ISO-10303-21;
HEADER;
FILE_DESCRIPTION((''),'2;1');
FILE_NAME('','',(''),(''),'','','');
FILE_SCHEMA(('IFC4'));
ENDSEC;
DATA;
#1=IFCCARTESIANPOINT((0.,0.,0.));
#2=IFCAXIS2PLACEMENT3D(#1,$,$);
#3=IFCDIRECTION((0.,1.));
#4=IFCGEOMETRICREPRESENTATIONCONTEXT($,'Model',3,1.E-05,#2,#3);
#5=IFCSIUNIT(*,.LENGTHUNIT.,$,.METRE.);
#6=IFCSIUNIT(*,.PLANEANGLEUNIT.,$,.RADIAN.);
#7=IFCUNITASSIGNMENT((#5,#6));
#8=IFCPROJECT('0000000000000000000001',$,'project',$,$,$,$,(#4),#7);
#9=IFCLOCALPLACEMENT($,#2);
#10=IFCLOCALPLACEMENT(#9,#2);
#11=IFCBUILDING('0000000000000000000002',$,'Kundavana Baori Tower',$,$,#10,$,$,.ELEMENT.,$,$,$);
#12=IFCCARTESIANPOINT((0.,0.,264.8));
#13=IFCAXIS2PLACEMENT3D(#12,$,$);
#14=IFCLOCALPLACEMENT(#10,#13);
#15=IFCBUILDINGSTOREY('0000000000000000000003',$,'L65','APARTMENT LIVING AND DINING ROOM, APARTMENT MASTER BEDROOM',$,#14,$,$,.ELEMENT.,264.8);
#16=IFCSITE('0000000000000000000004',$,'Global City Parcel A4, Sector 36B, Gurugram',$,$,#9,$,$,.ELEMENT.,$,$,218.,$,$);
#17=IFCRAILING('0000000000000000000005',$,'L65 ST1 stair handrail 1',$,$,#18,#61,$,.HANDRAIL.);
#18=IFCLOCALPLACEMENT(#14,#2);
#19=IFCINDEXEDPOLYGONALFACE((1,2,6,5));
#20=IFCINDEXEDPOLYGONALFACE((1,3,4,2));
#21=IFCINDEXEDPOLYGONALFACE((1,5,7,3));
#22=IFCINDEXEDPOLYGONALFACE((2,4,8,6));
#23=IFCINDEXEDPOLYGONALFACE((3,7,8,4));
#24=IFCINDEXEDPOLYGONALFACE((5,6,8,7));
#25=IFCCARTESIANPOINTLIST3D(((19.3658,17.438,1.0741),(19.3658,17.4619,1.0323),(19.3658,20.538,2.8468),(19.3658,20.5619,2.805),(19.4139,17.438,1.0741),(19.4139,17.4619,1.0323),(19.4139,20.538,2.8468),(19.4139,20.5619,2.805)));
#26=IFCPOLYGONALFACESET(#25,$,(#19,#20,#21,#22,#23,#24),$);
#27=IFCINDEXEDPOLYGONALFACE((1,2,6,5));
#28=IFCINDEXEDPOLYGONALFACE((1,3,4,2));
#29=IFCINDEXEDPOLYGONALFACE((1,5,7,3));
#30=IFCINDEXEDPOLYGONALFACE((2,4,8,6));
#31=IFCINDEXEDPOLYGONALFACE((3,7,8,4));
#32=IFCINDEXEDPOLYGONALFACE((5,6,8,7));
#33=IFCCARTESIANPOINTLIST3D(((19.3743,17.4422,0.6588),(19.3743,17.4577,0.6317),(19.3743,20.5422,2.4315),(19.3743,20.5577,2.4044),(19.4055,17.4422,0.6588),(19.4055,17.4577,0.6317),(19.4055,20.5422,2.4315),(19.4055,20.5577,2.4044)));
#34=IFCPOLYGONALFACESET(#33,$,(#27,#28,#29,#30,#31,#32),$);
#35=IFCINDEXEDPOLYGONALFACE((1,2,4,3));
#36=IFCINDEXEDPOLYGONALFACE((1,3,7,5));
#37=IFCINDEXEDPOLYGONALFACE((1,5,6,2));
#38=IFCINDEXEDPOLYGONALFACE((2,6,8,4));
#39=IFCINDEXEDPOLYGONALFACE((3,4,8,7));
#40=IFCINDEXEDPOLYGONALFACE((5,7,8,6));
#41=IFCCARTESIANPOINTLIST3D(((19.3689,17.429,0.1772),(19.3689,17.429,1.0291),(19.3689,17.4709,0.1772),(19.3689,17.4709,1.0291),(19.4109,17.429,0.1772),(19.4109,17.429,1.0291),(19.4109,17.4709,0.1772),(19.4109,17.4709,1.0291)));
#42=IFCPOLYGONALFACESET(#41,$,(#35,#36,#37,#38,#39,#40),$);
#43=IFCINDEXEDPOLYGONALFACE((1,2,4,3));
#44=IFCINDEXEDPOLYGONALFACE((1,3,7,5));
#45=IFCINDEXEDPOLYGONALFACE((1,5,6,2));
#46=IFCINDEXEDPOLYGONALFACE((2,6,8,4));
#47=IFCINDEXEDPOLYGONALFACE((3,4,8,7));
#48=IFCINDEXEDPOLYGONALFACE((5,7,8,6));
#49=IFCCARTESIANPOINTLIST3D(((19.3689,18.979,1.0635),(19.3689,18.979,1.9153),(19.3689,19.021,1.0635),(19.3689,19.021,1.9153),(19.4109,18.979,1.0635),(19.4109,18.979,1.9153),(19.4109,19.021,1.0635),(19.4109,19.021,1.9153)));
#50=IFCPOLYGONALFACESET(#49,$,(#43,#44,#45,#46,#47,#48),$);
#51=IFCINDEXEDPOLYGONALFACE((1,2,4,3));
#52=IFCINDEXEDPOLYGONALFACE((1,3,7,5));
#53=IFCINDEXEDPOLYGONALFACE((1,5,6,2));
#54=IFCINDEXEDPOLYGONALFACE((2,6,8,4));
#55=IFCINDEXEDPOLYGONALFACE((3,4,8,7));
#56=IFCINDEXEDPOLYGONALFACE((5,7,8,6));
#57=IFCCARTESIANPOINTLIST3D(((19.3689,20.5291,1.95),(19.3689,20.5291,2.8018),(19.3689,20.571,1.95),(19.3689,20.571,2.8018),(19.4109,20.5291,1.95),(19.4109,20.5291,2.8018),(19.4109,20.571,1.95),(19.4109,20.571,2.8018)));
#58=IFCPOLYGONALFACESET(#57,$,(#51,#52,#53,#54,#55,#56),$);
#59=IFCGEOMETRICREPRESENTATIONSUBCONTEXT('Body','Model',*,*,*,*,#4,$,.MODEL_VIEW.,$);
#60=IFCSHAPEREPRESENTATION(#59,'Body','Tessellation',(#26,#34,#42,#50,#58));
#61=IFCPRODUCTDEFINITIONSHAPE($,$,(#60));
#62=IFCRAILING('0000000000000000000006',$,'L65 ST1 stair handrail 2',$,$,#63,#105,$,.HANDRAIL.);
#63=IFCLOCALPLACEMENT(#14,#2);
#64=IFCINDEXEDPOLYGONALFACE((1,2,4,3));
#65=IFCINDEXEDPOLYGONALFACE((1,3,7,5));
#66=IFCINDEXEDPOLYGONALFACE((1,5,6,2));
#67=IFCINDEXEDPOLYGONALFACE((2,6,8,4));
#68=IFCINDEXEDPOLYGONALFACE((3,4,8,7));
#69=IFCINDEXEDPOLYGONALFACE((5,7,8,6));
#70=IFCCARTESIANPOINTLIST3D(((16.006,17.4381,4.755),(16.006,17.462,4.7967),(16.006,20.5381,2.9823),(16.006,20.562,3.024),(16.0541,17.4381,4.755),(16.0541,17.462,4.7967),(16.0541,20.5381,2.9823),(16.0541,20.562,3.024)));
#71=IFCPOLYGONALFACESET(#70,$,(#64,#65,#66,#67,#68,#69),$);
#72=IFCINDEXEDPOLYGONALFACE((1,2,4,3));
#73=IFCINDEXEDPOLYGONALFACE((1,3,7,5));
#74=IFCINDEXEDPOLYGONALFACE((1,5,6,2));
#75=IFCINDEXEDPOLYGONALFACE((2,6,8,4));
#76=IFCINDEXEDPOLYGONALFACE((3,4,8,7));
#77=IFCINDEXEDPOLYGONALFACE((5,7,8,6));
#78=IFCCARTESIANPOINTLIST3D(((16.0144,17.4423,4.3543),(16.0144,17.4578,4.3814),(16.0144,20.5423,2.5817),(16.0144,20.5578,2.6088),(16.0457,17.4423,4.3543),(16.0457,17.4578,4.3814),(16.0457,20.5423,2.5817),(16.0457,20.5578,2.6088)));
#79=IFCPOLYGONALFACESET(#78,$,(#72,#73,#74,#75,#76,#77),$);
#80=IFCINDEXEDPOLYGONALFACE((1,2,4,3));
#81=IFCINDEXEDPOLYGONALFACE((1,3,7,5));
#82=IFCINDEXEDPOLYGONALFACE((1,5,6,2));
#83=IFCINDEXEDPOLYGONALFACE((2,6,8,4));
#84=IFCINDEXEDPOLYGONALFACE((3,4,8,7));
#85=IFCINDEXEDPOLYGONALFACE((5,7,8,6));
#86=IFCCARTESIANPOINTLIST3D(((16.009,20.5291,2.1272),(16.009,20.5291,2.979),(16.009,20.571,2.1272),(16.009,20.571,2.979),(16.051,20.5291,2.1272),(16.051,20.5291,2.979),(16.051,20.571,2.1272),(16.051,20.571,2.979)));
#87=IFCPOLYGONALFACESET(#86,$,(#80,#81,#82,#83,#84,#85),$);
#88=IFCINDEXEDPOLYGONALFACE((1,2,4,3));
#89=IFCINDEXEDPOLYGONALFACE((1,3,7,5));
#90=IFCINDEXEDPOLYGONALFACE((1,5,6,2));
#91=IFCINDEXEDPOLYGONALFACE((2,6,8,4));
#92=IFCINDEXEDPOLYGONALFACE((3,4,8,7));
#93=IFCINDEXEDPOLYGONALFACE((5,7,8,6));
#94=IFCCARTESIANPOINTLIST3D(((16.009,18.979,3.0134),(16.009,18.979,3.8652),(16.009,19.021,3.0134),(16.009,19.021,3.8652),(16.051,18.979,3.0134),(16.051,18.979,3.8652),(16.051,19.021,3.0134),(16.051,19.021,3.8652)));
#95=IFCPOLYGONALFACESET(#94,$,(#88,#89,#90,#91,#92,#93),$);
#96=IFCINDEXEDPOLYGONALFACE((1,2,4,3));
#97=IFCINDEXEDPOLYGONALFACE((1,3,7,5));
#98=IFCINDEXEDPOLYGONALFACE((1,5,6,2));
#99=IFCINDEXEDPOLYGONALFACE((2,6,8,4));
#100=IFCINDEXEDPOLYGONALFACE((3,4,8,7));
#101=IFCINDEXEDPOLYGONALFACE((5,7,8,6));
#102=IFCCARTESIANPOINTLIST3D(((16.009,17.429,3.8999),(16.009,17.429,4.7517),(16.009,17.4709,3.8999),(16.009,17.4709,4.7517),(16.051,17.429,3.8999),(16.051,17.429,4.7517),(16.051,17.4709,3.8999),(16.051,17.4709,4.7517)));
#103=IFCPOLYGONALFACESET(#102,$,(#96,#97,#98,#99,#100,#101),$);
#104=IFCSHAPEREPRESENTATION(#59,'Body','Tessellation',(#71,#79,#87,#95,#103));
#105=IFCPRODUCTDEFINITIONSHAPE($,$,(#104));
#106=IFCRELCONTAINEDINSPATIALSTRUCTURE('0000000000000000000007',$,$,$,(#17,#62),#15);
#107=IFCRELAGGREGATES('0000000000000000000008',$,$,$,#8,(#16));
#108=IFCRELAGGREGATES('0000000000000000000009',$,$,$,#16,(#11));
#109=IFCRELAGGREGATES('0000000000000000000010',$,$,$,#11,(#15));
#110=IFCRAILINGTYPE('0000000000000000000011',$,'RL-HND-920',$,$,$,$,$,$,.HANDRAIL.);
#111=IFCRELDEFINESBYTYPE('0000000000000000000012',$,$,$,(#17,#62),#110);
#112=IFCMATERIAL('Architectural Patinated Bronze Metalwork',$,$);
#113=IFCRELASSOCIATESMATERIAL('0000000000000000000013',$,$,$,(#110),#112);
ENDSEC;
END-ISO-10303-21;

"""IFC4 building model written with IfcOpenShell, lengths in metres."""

from ifc_helpers import new_model, si_unit, direction, frame, origin, origin_2d, place, context, subcontext, project, spatial, rectangle, extrude, material, type_object, element, save


model = new_model("IFC4")

# Units and contexts
model_context = context("Model", 3, precision=1e-05, world=origin(), true_north=direction((0.0, 1.0)))
body_context = subcontext(model_context, "Body", "Model", "MODEL_VIEW")
ifc_project = project(units=[si_unit("LENGTHUNIT", "METRE"), si_unit("PLANEANGLEUNIT", "RADIAN")], contexts=[model_context])

# Site, building, storey
site_placement = place(None, origin())
site = spatial("IfcSite", under=ifc_project, at=site_placement, Name="Global City Parcel A4, Sector 36B, Gurugram", CompositionType="ELEMENT", RefElevation=218.0)
building_placement = place(site_placement, origin())
building = spatial("IfcBuilding", under=site, at=building_placement, Name="Kundavana Baori Tower", CompositionType="ELEMENT")
storey_placement = place(building_placement, frame((0.0, 0.0, 264.8)))
storey = spatial("IfcBuildingStorey", under=building, at=storey_placement, Name="L65", Description="APARTMENT LIVING AND DINING ROOM, APARTMENT MASTER BEDROOM", CompositionType="ELEMENT", Elevation=264.8)

# Railings
ifc_material_1 = material(Name="Architectural Patinated Bronze Metalwork")
railing_type_1 = type_object("IfcRailingType", Name="RL-HND-920", PredefinedType="HANDRAIL", material=ifc_material_1)
railing_1_placement = place(storey_placement, frame((19.3899, 17.45, 0.1772)))
element("IfcRailing", 1, at=railing_1_placement, inside=storey, type_object=railing_type_1, Name="L65 ST1 stair handrail 1", PredefinedType="HANDRAIL", context=body_context, shape_type="SweptSolid", body=[
    extrude(rectangle(XDim=0.0481, YDim=0.0481, at=origin_2d()), frame((0.0, 0.0, 0.876), z_axis=(0.0, 0.868096, 0.496397), x_axis=(-1.0, 0.0, 0.0)), (0.0, 0.0, 1.0), 3.571),
    extrude(rectangle(XDim=0.0312, YDim=0.0312, at=origin_2d()), frame((0.0, 0.0, 0.468), z_axis=(0.0, 0.868096, 0.496397), x_axis=(-1.0, 0.0, 0.0)), (0.0, 0.0, 1.0), 3.571),
    extrude(rectangle(XDim=0.042, YDim=0.042, at=origin_2d()), origin(), (0.0, 0.0, 1.0), 0.8518),
    extrude(rectangle(XDim=0.042, YDim=0.042, at=origin_2d()), frame((0.0, 1.55, 0.8862)), (0.0, 0.0, 1.0), 0.8518),
    extrude(rectangle(XDim=0.042, YDim=0.042, at=origin_2d()), frame((0.0, 3.1001, 1.7727)), (0.0, 0.0, 1.0), 0.8518),
])
railing_2_placement = place(storey_placement, frame((16.03, 20.55, 2.1272)))
element("IfcRailing", 2, at=railing_2_placement, inside=storey, type_object=railing_type_1, Name="L65 ST1 stair handrail 2", PredefinedType="HANDRAIL", context=body_context, shape_type="SweptSolid", body=[
    extrude(rectangle(XDim=0.0481, YDim=0.0481, at=origin_2d()), frame((0.0, 0.0, 0.876), z_axis=(0.0, -0.868096, 0.496397), x_axis=(1.0, 0.0, 0.0)), (0.0, 0.0, 1.0), 3.571),
    extrude(rectangle(XDim=0.0312, YDim=0.0312, at=origin_2d()), frame((0.0, 0.0, 0.468), z_axis=(0.0, -0.868096, 0.496397), x_axis=(1.0, 0.0, 0.0)), (0.0, 0.0, 1.0), 3.571),
    extrude(rectangle(XDim=0.042, YDim=0.042, at=origin_2d()), origin(), (0.0, 0.0, 1.0), 0.8518),
    extrude(rectangle(XDim=0.042, YDim=0.042, at=origin_2d()), frame((0.0, -1.55, 0.8862)), (0.0, 0.0, 1.0), 0.8518),
    extrude(rectangle(XDim=0.042, YDim=0.042, at=origin_2d()), frame((0.0, -3.1001, 1.7727)), (0.0, 0.0, 1.0), 0.8518),
])

save(model, "model.ifc")
